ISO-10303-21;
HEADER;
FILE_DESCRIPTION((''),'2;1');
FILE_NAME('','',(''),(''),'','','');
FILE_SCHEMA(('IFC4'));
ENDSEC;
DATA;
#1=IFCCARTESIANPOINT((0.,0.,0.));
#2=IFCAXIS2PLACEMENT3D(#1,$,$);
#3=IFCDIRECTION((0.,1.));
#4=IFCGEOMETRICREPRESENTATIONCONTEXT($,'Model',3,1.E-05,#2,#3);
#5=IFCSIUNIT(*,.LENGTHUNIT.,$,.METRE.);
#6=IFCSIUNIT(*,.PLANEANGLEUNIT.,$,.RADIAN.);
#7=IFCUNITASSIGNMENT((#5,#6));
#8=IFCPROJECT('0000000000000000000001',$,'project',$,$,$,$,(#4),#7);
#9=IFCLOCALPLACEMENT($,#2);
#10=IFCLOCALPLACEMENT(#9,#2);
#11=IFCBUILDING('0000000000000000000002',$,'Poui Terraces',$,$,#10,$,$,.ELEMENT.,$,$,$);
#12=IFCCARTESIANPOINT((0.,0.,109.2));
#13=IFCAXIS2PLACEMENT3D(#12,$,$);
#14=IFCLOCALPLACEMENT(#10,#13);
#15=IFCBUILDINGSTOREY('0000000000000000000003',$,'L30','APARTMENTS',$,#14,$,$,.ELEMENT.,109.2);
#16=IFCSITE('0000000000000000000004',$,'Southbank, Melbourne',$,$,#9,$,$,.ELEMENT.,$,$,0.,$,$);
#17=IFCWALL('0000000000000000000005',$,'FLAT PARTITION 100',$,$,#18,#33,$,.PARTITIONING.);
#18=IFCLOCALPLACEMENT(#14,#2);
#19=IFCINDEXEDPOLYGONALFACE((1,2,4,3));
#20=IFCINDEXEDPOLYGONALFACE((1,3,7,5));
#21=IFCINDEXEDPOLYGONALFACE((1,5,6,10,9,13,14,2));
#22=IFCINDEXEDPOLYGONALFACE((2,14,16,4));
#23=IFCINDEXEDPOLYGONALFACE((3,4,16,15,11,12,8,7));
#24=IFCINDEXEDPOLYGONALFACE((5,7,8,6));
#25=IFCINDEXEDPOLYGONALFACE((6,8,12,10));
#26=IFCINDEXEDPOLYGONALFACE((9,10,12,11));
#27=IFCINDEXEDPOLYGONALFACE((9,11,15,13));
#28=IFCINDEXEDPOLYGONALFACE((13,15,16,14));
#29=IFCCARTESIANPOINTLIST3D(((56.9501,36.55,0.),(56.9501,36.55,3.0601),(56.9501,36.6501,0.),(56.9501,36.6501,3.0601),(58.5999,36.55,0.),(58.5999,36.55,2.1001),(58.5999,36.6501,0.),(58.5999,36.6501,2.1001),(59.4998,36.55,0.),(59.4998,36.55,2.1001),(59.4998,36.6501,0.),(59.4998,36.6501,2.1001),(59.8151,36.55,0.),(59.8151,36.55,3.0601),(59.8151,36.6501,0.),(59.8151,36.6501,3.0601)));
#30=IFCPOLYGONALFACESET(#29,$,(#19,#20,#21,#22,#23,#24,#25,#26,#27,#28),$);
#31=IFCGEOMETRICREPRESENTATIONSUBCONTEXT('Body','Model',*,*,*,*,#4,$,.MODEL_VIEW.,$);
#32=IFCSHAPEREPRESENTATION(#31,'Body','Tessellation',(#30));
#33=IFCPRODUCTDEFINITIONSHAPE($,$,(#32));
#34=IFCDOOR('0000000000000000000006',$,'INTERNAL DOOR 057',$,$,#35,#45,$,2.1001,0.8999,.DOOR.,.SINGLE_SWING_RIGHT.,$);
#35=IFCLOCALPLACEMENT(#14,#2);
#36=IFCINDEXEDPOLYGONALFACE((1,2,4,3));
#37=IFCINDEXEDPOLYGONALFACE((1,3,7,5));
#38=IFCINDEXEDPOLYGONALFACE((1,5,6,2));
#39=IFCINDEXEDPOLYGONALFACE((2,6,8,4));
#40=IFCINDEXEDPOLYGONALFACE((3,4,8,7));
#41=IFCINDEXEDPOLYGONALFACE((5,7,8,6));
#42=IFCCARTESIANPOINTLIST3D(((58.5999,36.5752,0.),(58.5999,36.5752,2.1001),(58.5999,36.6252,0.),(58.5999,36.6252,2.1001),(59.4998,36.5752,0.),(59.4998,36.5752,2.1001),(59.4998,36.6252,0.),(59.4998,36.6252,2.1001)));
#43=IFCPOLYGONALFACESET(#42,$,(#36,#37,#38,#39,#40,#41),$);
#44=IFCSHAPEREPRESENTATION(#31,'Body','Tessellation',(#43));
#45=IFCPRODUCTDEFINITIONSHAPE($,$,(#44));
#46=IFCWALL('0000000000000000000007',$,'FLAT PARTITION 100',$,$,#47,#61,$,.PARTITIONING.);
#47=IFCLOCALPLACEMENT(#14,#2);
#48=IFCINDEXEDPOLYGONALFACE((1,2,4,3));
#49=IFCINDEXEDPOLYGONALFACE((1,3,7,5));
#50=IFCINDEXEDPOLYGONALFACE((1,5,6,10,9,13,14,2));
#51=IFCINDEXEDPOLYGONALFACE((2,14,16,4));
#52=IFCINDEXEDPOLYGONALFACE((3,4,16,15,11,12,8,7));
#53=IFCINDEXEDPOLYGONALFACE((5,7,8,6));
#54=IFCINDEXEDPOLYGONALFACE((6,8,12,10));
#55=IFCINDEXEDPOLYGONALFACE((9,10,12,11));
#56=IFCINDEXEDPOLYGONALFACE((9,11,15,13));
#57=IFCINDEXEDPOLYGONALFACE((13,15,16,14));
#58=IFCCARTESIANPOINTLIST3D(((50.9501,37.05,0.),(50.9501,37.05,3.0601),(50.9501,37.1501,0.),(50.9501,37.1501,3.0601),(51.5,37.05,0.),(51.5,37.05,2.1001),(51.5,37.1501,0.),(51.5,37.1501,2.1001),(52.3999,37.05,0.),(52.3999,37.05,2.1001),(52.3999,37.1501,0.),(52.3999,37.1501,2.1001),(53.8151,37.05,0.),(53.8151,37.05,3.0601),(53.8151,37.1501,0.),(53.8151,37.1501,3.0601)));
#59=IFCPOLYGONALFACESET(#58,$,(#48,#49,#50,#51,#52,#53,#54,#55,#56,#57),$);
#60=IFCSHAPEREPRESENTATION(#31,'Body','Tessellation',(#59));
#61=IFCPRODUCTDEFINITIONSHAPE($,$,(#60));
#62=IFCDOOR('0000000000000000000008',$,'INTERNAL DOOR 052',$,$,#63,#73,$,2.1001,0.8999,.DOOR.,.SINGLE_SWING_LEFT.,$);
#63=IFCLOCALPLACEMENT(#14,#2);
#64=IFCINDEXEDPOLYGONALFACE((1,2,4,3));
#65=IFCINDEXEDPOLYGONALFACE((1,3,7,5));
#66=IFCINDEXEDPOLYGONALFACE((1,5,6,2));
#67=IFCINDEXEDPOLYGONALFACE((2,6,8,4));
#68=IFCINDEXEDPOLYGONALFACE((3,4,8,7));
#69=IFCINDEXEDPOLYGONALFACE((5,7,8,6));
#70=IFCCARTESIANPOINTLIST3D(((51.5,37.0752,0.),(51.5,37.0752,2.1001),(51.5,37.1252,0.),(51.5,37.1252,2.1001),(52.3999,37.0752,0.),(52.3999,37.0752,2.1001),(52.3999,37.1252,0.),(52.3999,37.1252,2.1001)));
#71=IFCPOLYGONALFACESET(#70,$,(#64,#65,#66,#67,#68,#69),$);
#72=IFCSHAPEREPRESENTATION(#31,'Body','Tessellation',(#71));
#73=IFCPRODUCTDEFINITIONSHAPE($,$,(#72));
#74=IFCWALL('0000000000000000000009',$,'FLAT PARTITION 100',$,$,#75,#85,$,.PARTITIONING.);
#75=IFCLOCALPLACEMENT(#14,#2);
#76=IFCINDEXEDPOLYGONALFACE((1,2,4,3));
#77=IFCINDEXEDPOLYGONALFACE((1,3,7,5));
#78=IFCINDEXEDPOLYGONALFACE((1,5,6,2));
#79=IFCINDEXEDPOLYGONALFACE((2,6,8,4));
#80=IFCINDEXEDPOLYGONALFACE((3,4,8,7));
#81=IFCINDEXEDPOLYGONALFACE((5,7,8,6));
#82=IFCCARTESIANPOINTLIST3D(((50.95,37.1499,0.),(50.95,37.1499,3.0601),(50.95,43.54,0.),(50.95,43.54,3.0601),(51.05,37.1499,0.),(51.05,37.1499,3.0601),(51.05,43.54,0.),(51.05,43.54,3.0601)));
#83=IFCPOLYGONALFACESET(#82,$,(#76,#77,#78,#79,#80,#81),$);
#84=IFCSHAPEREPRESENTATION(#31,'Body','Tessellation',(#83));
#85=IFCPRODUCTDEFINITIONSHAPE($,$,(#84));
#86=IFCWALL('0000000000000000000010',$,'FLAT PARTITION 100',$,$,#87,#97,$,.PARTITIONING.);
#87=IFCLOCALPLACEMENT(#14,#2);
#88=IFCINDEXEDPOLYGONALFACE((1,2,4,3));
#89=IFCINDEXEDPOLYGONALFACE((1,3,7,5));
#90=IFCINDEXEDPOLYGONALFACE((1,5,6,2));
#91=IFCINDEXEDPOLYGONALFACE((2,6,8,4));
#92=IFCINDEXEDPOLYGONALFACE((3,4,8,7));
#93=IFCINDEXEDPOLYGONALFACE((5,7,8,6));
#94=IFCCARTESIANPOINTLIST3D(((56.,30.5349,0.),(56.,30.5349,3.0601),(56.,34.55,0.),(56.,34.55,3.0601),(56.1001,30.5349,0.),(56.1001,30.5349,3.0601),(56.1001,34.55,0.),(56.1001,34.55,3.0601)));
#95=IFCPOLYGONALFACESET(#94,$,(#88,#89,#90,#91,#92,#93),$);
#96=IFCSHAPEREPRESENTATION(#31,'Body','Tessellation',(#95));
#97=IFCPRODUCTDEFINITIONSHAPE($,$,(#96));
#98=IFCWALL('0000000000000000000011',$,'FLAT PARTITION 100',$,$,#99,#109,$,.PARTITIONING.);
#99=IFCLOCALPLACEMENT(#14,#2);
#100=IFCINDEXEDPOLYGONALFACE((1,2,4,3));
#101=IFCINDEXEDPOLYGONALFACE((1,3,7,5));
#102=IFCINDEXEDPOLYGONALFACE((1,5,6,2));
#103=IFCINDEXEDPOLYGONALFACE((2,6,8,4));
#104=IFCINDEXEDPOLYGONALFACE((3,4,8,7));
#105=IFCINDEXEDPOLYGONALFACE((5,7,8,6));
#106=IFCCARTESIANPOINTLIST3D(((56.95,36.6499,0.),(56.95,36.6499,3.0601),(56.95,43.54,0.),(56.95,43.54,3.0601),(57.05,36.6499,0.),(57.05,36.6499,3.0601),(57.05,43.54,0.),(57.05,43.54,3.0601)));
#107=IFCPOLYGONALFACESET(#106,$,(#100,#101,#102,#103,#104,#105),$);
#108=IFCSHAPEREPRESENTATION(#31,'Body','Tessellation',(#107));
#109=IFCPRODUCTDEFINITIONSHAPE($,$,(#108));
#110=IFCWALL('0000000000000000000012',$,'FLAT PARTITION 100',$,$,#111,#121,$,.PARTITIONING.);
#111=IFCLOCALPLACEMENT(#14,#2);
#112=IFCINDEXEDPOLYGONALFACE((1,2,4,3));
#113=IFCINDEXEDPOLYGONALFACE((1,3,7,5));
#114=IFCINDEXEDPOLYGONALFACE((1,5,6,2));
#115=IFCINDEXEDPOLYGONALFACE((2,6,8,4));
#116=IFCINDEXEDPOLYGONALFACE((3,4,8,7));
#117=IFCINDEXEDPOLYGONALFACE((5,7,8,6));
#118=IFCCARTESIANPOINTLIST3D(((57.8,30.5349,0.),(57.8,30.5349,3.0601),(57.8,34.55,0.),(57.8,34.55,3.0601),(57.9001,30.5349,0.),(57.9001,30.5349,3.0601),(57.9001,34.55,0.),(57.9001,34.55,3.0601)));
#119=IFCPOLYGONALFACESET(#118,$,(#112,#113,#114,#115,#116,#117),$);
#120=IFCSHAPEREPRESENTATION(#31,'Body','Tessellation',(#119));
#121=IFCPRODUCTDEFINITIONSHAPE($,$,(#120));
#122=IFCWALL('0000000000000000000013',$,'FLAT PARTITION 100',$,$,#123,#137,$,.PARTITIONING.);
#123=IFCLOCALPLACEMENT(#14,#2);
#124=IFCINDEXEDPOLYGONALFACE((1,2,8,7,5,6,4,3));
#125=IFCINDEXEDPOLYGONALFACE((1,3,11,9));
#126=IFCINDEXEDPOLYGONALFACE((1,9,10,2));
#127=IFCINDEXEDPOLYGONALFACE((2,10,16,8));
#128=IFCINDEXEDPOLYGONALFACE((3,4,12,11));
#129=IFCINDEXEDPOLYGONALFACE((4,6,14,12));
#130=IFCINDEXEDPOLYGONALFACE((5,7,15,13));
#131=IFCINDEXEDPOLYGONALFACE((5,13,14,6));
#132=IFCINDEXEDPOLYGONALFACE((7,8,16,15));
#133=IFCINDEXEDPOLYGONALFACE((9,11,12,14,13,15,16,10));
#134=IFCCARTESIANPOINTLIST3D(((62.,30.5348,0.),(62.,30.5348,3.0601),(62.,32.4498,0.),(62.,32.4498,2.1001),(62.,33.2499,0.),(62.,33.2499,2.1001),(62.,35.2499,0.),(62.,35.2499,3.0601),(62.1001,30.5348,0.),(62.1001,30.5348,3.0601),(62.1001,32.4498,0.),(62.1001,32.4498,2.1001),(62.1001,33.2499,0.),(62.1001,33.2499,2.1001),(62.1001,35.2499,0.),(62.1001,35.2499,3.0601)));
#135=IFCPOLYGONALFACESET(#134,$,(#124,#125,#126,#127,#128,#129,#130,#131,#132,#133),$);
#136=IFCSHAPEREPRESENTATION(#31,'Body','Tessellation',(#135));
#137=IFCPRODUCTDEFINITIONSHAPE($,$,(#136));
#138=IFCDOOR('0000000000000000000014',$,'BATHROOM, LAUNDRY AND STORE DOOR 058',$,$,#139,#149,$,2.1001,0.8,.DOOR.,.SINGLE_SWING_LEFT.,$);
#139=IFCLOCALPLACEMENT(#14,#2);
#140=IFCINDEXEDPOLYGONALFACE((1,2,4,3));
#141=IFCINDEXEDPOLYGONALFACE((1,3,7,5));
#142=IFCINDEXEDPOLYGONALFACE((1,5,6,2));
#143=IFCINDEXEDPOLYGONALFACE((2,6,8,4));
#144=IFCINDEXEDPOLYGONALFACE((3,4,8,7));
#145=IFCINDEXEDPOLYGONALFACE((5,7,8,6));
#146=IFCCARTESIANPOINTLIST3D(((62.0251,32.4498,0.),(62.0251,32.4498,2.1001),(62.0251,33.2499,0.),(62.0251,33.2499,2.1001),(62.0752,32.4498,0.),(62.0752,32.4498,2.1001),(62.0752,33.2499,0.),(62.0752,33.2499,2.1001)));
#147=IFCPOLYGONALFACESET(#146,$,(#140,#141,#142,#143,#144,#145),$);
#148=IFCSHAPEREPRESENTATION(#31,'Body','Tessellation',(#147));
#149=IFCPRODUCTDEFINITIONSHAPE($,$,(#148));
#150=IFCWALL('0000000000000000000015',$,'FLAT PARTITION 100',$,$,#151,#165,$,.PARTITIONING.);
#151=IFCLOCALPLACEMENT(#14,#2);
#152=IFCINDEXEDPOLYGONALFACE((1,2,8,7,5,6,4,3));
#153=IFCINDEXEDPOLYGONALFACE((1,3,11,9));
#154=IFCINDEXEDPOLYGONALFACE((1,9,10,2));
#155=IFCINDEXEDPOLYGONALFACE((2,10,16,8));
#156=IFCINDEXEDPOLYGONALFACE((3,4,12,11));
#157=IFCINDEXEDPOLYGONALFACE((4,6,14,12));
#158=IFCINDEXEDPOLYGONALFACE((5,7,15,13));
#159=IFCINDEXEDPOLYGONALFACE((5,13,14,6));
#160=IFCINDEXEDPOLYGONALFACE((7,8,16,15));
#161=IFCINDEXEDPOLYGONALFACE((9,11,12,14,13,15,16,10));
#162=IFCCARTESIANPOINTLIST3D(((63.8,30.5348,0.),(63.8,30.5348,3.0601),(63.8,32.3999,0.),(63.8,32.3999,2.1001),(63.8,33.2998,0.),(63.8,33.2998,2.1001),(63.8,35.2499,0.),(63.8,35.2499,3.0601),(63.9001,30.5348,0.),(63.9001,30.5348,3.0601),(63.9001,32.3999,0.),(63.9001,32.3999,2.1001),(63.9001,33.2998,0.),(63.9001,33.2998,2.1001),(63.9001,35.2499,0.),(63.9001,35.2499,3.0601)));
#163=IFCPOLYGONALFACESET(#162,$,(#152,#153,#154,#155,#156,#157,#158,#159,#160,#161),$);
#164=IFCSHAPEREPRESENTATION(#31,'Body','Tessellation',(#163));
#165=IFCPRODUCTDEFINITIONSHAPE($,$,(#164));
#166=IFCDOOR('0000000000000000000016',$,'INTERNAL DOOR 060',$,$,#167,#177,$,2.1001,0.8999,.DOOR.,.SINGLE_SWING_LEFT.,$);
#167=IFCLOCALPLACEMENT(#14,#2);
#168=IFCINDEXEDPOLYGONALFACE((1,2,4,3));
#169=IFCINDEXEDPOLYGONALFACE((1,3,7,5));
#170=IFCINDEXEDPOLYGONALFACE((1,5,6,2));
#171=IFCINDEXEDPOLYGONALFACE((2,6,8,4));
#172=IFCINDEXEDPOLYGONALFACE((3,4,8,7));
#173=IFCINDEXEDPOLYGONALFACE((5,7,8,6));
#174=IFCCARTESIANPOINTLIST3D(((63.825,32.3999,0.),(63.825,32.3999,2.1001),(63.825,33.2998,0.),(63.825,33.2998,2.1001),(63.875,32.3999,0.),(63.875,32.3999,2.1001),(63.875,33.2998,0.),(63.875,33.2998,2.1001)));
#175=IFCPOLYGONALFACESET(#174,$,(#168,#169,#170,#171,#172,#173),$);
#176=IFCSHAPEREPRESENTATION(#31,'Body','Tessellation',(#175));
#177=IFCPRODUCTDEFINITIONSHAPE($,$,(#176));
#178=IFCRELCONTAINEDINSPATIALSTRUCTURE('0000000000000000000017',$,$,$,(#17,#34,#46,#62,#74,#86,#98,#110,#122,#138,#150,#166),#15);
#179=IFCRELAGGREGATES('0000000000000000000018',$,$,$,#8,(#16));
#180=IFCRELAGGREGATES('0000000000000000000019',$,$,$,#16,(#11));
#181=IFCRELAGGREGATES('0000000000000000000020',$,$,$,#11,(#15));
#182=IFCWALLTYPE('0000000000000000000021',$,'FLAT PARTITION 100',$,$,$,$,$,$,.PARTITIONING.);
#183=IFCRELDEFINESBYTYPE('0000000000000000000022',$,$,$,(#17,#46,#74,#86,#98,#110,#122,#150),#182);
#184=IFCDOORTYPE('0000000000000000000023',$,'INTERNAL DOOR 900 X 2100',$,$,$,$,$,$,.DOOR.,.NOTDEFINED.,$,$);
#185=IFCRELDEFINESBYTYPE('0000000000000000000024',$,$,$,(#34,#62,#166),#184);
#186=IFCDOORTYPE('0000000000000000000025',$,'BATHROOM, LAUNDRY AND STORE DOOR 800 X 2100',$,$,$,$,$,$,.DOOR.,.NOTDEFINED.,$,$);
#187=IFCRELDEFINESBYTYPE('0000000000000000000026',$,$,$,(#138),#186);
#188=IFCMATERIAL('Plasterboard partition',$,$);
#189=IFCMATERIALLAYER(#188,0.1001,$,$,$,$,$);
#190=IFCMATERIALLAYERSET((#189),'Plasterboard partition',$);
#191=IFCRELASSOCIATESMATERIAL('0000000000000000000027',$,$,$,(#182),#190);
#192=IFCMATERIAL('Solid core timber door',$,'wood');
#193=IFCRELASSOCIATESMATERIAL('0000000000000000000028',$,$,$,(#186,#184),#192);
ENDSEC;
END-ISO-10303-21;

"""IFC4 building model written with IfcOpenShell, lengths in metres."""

from ifc_helpers import new_model, si_unit, direction, frame, frame_2d, origin, place, context, subcontext, project, spatial, rectangle, extrude, material, layer, layer_set, type_object, element, fill, save


model = new_model("IFC4")

# Units and contexts
model_context = context("Model", 3, precision=1e-05, world=origin(), true_north=direction((0.0, 1.0)))
body_context = subcontext(model_context, "Body", "Model", "MODEL_VIEW")
ifc_project = project(units=[si_unit("LENGTHUNIT", "METRE"), si_unit("PLANEANGLEUNIT", "RADIAN")], contexts=[model_context])

# Site, building, storey
site_placement = place(None, origin())
site = spatial("IfcSite", under=ifc_project, at=site_placement, Name="Southbank, Melbourne", CompositionType="ELEMENT", RefElevation=0.0)
building_placement = place(site_placement, origin())
building = spatial("IfcBuilding", under=site, at=building_placement, Name="Poui Terraces", CompositionType="ELEMENT")
storey_placement = place(building_placement, frame((0.0, 0.0, 109.2)))
storey = spatial("IfcBuildingStorey", under=building, at=storey_placement, Name="L30", Description="APARTMENTS", CompositionType="ELEMENT", Elevation=109.2)

# Shared definitions
ifc_material_1 = material(Name="Plasterboard partition")
ifc_layer_1 = layer(ifc_material_1, 0.1001)
ifc_layer_set_1 = layer_set([ifc_layer_1], Name="Plasterboard partition")
wall_type_1 = type_object("IfcWallType", Name="FLAT PARTITION 100", PredefinedType="PARTITIONING", material=ifc_layer_set_1)
ifc_material_2 = material(Name="Solid core timber door", Category="wood")
door_type_1 = type_object("IfcDoorType", Name="BATHROOM, LAUNDRY AND STORE DOOR 800 X 2100", OperationType="NOTDEFINED", PredefinedType="DOOR", material=ifc_material_2)
door_type_2 = type_object("IfcDoorType", Name="INTERNAL DOOR 900 X 2100", OperationType="NOTDEFINED", PredefinedType="DOOR", material=ifc_material_2)

# Walls, openings, doors
wall_1_placement = place(storey_placement, frame((56.95, 36.6001, 0.0), z_axis=(0.0, 0.0, 1.0), x_axis=(1.0, 0.0, 0.0)))
wall_1 = element("IfcWall", 1, at=wall_1_placement, inside=storey, type_object=wall_type_1, Name="FLAT PARTITION 100", PredefinedType="PARTITIONING", context=body_context, shape_type="SweptSolid", body=[
    extrude(rectangle(XDim=2.865, YDim=0.1001, at=frame_2d((1.4326, 0.0))), origin(), (0.0, 0.0, 1.0), 3.0601),
])
opening_1_placement = place(wall_1_placement, frame((1.6499, 0.0, 0.0)))
opening_1 = element("IfcOpeningElement", 2, at=opening_1_placement, cuts=wall_1, PredefinedType="OPENING", context=body_context, shape_type="SweptSolid", body=[
    extrude(rectangle(XDim=0.8999, YDim=2.1001, at=frame_2d((0.45, 1.05))), frame((0.0, 0.0601, 0.0), z_axis=(0.0, -1.0, 0.0), x_axis=(1.0, 0.0, 0.0)), (0.0, 0.0, 1.0), 0.1201),
])
door_1_placement = place(opening_1_placement, frame((0.8999, 0.0, 0.0), z_axis=(0.0, 0.0, 1.0), x_axis=(-1.0, 0.0, 0.0)))
door_1 = element("IfcDoor", 3, at=door_1_placement, inside=storey, type_object=door_type_2, Name="INTERNAL DOOR 057", OperationType="SINGLE_SWING_RIGHT", OverallHeight=2.1001, OverallWidth=0.8999, PredefinedType="DOOR", context=body_context, shape_type="SweptSolid", body=[
    extrude(rectangle(XDim=0.8999, YDim=2.1001, at=frame_2d((0.45, 1.05))), frame((0.0, 0.0249, 0.0), z_axis=(0.0, -1.0, 0.0), x_axis=(1.0, 0.0, 0.0)), (0.0, 0.0, 1.0), 0.05),
])
fill(opening_1, door_1)
wall_2_placement = place(storey_placement, frame((50.95, 37.1001, 0.0), z_axis=(0.0, 0.0, 1.0), x_axis=(1.0, 0.0, 0.0)))
wall_2 = element("IfcWall", 4, at=wall_2_placement, inside=storey, type_object=wall_type_1, Name="FLAT PARTITION 100", PredefinedType="PARTITIONING", context=body_context, shape_type="SweptSolid", body=[
    extrude(rectangle(XDim=2.865, YDim=0.1001, at=frame_2d((1.4326, 0.0))), origin(), (0.0, 0.0, 1.0), 3.0601),
])
opening_2_placement = place(wall_2_placement, frame((0.55, 0.0, 0.0)))
opening_2 = element("IfcOpeningElement", 5, at=opening_2_placement, cuts=wall_2, PredefinedType="OPENING", context=body_context, shape_type="SweptSolid", body=[
    extrude(rectangle(XDim=0.8999, YDim=2.1001, at=frame_2d((0.45, 1.05))), frame((0.0, 0.0601, 0.0), z_axis=(0.0, -1.0, 0.0), x_axis=(1.0, 0.0, 0.0)), (0.0, 0.0, 1.0), 0.1201),
])
door_2_placement = place(opening_2_placement, frame((0.8999, 0.0, 0.0), z_axis=(0.0, 0.0, 1.0), x_axis=(-1.0, 0.0, 0.0)))
door_2 = element("IfcDoor", 6, at=door_2_placement, inside=storey, type_object=door_type_2, Name="INTERNAL DOOR 052", OperationType="SINGLE_SWING_LEFT", OverallHeight=2.1001, OverallWidth=0.8999, PredefinedType="DOOR", context=body_context, shape_type="SweptSolid", body=[
    extrude(rectangle(XDim=0.8999, YDim=2.1001, at=frame_2d((0.45, 1.05))), frame((0.0, 0.0249, 0.0), z_axis=(0.0, -1.0, 0.0), x_axis=(1.0, 0.0, 0.0)), (0.0, 0.0, 1.0), 0.05),
])
fill(opening_2, door_2)

# Walls
wall_3_placement = place(storey_placement, frame((51.0, 37.1499, 0.0), z_axis=(0.0, 0.0, 1.0), x_axis=(0.0, 1.0, 0.0)))
element("IfcWall", 7, at=wall_3_placement, inside=storey, type_object=wall_type_1, Name="FLAT PARTITION 100", PredefinedType="PARTITIONING", context=body_context, shape_type="SweptSolid", body=[
    extrude(rectangle(XDim=6.3901, YDim=0.1001, at=frame_2d((3.1951, 0.0))), origin(), (0.0, 0.0, 1.0), 3.0601),
])
wall_4_placement = place(storey_placement, frame((56.05, 30.5349, 0.0), z_axis=(0.0, 0.0, 1.0), x_axis=(0.0, 1.0, 0.0)))
element("IfcWall", 8, at=wall_4_placement, inside=storey, type_object=wall_type_1, Name="FLAT PARTITION 100", PredefinedType="PARTITIONING", context=body_context, shape_type="SweptSolid", body=[
    extrude(rectangle(XDim=4.0151, YDim=0.1001, at=frame_2d((2.0076, 0.0))), origin(), (0.0, 0.0, 1.0), 3.0601),
])
wall_5_placement = place(storey_placement, frame((57.0, 36.6499, 0.0), z_axis=(0.0, 0.0, 1.0), x_axis=(0.0, 1.0, 0.0)))
element("IfcWall", 9, at=wall_5_placement, inside=storey, type_object=wall_type_1, Name="FLAT PARTITION 100", PredefinedType="PARTITIONING", context=body_context, shape_type="SweptSolid", body=[
    extrude(rectangle(XDim=6.8901, YDim=0.1001, at=frame_2d((3.4451, 0.0))), origin(), (0.0, 0.0, 1.0), 3.0601),
])
wall_6_placement = place(storey_placement, frame((57.8501, 30.5349, 0.0), z_axis=(0.0, 0.0, 1.0), x_axis=(0.0, 1.0, 0.0)))
element("IfcWall", 10, at=wall_6_placement, inside=storey, type_object=wall_type_1, Name="FLAT PARTITION 100", PredefinedType="PARTITIONING", context=body_context, shape_type="SweptSolid", body=[
    extrude(rectangle(XDim=4.0151, YDim=0.1001, at=frame_2d((2.0076, 0.0))), origin(), (0.0, 0.0, 1.0), 3.0601),
])

# Walls, openings, doors
wall_7_placement = place(storey_placement, frame((62.05, 30.5349, 0.0), z_axis=(0.0, 0.0, 1.0), x_axis=(0.0, 1.0, 0.0)))
wall_7 = element("IfcWall", 11, at=wall_7_placement, inside=storey, type_object=wall_type_1, Name="FLAT PARTITION 100", PredefinedType="PARTITIONING", context=body_context, shape_type="SweptSolid", body=[
    extrude(rectangle(XDim=4.7151, YDim=0.1001, at=frame_2d((2.3574, 0.0))), origin(), (0.0, 0.0, 1.0), 3.0601),
])
opening_3_placement = place(wall_7_placement, frame((1.915, 0.0, 0.0)))
opening_3 = element("IfcOpeningElement", 12, at=opening_3_placement, cuts=wall_7, PredefinedType="OPENING", context=body_context, shape_type="SweptSolid", body=[
    extrude(rectangle(XDim=0.8, YDim=2.1001, at=frame_2d((0.3999, 1.05))), frame((0.0, 0.0601, 0.0), z_axis=(0.0, -1.0, 0.0), x_axis=(1.0, 0.0, 0.0)), (0.0, 0.0, 1.0), 0.1201),
])
door_3_placement = place(opening_3_placement, origin())
door_3 = element("IfcDoor", 13, at=door_3_placement, inside=storey, type_object=door_type_1, Name="BATHROOM, LAUNDRY AND STORE DOOR 058", OperationType="SINGLE_SWING_LEFT", OverallHeight=2.1001, OverallWidth=0.8, PredefinedType="DOOR", context=body_context, shape_type="SweptSolid", body=[
    extrude(rectangle(XDim=0.8, YDim=2.1001, at=frame_2d((0.3999, 1.05))), frame((0.0, 0.0249, 0.0), z_axis=(0.0, -1.0, 0.0), x_axis=(1.0, 0.0, 0.0)), (0.0, 0.0, 1.0), 0.05),
])
fill(opening_3, door_3)
wall_8_placement = place(storey_placement, frame((63.8501, 30.5349, 0.0), z_axis=(0.0, 0.0, 1.0), x_axis=(0.0, 1.0, 0.0)))
wall_8 = element("IfcWall", 14, at=wall_8_placement, inside=storey, type_object=wall_type_1, Name="FLAT PARTITION 100", PredefinedType="PARTITIONING", context=body_context, shape_type="SweptSolid", body=[
    extrude(rectangle(XDim=4.7151, YDim=0.1001, at=frame_2d((2.3574, 0.0))), origin(), (0.0, 0.0, 1.0), 3.0601),
])
opening_4_placement = place(wall_8_placement, frame((1.865, 0.0, 0.0)))
opening_4 = element("IfcOpeningElement", 15, at=opening_4_placement, cuts=wall_8, PredefinedType="OPENING", context=body_context, shape_type="SweptSolid", body=[
    extrude(rectangle(XDim=0.8999, YDim=2.1001, at=frame_2d((0.45, 1.05))), frame((0.0, 0.0601, 0.0), z_axis=(0.0, -1.0, 0.0), x_axis=(1.0, 0.0, 0.0)), (0.0, 0.0, 1.0), 0.1201),
])
door_4_placement = place(opening_4_placement, frame((0.8999, 0.0, 0.0), z_axis=(0.0, 0.0, 1.0), x_axis=(-1.0, 0.0, 0.0)))
door_4 = element("IfcDoor", 16, at=door_4_placement, inside=storey, type_object=door_type_2, Name="INTERNAL DOOR 060", OperationType="SINGLE_SWING_LEFT", OverallHeight=2.1001, OverallWidth=0.8999, PredefinedType="DOOR", context=body_context, shape_type="SweptSolid", body=[
    extrude(rectangle(XDim=0.8999, YDim=2.1001, at=frame_2d((0.45, 1.05))), frame((0.0, 0.0249, 0.0), z_axis=(0.0, -1.0, 0.0), x_axis=(1.0, 0.0, 0.0)), (0.0, 0.0, 1.0), 0.05),
])
fill(opening_4, door_4)

save(model, "model.ifc")
